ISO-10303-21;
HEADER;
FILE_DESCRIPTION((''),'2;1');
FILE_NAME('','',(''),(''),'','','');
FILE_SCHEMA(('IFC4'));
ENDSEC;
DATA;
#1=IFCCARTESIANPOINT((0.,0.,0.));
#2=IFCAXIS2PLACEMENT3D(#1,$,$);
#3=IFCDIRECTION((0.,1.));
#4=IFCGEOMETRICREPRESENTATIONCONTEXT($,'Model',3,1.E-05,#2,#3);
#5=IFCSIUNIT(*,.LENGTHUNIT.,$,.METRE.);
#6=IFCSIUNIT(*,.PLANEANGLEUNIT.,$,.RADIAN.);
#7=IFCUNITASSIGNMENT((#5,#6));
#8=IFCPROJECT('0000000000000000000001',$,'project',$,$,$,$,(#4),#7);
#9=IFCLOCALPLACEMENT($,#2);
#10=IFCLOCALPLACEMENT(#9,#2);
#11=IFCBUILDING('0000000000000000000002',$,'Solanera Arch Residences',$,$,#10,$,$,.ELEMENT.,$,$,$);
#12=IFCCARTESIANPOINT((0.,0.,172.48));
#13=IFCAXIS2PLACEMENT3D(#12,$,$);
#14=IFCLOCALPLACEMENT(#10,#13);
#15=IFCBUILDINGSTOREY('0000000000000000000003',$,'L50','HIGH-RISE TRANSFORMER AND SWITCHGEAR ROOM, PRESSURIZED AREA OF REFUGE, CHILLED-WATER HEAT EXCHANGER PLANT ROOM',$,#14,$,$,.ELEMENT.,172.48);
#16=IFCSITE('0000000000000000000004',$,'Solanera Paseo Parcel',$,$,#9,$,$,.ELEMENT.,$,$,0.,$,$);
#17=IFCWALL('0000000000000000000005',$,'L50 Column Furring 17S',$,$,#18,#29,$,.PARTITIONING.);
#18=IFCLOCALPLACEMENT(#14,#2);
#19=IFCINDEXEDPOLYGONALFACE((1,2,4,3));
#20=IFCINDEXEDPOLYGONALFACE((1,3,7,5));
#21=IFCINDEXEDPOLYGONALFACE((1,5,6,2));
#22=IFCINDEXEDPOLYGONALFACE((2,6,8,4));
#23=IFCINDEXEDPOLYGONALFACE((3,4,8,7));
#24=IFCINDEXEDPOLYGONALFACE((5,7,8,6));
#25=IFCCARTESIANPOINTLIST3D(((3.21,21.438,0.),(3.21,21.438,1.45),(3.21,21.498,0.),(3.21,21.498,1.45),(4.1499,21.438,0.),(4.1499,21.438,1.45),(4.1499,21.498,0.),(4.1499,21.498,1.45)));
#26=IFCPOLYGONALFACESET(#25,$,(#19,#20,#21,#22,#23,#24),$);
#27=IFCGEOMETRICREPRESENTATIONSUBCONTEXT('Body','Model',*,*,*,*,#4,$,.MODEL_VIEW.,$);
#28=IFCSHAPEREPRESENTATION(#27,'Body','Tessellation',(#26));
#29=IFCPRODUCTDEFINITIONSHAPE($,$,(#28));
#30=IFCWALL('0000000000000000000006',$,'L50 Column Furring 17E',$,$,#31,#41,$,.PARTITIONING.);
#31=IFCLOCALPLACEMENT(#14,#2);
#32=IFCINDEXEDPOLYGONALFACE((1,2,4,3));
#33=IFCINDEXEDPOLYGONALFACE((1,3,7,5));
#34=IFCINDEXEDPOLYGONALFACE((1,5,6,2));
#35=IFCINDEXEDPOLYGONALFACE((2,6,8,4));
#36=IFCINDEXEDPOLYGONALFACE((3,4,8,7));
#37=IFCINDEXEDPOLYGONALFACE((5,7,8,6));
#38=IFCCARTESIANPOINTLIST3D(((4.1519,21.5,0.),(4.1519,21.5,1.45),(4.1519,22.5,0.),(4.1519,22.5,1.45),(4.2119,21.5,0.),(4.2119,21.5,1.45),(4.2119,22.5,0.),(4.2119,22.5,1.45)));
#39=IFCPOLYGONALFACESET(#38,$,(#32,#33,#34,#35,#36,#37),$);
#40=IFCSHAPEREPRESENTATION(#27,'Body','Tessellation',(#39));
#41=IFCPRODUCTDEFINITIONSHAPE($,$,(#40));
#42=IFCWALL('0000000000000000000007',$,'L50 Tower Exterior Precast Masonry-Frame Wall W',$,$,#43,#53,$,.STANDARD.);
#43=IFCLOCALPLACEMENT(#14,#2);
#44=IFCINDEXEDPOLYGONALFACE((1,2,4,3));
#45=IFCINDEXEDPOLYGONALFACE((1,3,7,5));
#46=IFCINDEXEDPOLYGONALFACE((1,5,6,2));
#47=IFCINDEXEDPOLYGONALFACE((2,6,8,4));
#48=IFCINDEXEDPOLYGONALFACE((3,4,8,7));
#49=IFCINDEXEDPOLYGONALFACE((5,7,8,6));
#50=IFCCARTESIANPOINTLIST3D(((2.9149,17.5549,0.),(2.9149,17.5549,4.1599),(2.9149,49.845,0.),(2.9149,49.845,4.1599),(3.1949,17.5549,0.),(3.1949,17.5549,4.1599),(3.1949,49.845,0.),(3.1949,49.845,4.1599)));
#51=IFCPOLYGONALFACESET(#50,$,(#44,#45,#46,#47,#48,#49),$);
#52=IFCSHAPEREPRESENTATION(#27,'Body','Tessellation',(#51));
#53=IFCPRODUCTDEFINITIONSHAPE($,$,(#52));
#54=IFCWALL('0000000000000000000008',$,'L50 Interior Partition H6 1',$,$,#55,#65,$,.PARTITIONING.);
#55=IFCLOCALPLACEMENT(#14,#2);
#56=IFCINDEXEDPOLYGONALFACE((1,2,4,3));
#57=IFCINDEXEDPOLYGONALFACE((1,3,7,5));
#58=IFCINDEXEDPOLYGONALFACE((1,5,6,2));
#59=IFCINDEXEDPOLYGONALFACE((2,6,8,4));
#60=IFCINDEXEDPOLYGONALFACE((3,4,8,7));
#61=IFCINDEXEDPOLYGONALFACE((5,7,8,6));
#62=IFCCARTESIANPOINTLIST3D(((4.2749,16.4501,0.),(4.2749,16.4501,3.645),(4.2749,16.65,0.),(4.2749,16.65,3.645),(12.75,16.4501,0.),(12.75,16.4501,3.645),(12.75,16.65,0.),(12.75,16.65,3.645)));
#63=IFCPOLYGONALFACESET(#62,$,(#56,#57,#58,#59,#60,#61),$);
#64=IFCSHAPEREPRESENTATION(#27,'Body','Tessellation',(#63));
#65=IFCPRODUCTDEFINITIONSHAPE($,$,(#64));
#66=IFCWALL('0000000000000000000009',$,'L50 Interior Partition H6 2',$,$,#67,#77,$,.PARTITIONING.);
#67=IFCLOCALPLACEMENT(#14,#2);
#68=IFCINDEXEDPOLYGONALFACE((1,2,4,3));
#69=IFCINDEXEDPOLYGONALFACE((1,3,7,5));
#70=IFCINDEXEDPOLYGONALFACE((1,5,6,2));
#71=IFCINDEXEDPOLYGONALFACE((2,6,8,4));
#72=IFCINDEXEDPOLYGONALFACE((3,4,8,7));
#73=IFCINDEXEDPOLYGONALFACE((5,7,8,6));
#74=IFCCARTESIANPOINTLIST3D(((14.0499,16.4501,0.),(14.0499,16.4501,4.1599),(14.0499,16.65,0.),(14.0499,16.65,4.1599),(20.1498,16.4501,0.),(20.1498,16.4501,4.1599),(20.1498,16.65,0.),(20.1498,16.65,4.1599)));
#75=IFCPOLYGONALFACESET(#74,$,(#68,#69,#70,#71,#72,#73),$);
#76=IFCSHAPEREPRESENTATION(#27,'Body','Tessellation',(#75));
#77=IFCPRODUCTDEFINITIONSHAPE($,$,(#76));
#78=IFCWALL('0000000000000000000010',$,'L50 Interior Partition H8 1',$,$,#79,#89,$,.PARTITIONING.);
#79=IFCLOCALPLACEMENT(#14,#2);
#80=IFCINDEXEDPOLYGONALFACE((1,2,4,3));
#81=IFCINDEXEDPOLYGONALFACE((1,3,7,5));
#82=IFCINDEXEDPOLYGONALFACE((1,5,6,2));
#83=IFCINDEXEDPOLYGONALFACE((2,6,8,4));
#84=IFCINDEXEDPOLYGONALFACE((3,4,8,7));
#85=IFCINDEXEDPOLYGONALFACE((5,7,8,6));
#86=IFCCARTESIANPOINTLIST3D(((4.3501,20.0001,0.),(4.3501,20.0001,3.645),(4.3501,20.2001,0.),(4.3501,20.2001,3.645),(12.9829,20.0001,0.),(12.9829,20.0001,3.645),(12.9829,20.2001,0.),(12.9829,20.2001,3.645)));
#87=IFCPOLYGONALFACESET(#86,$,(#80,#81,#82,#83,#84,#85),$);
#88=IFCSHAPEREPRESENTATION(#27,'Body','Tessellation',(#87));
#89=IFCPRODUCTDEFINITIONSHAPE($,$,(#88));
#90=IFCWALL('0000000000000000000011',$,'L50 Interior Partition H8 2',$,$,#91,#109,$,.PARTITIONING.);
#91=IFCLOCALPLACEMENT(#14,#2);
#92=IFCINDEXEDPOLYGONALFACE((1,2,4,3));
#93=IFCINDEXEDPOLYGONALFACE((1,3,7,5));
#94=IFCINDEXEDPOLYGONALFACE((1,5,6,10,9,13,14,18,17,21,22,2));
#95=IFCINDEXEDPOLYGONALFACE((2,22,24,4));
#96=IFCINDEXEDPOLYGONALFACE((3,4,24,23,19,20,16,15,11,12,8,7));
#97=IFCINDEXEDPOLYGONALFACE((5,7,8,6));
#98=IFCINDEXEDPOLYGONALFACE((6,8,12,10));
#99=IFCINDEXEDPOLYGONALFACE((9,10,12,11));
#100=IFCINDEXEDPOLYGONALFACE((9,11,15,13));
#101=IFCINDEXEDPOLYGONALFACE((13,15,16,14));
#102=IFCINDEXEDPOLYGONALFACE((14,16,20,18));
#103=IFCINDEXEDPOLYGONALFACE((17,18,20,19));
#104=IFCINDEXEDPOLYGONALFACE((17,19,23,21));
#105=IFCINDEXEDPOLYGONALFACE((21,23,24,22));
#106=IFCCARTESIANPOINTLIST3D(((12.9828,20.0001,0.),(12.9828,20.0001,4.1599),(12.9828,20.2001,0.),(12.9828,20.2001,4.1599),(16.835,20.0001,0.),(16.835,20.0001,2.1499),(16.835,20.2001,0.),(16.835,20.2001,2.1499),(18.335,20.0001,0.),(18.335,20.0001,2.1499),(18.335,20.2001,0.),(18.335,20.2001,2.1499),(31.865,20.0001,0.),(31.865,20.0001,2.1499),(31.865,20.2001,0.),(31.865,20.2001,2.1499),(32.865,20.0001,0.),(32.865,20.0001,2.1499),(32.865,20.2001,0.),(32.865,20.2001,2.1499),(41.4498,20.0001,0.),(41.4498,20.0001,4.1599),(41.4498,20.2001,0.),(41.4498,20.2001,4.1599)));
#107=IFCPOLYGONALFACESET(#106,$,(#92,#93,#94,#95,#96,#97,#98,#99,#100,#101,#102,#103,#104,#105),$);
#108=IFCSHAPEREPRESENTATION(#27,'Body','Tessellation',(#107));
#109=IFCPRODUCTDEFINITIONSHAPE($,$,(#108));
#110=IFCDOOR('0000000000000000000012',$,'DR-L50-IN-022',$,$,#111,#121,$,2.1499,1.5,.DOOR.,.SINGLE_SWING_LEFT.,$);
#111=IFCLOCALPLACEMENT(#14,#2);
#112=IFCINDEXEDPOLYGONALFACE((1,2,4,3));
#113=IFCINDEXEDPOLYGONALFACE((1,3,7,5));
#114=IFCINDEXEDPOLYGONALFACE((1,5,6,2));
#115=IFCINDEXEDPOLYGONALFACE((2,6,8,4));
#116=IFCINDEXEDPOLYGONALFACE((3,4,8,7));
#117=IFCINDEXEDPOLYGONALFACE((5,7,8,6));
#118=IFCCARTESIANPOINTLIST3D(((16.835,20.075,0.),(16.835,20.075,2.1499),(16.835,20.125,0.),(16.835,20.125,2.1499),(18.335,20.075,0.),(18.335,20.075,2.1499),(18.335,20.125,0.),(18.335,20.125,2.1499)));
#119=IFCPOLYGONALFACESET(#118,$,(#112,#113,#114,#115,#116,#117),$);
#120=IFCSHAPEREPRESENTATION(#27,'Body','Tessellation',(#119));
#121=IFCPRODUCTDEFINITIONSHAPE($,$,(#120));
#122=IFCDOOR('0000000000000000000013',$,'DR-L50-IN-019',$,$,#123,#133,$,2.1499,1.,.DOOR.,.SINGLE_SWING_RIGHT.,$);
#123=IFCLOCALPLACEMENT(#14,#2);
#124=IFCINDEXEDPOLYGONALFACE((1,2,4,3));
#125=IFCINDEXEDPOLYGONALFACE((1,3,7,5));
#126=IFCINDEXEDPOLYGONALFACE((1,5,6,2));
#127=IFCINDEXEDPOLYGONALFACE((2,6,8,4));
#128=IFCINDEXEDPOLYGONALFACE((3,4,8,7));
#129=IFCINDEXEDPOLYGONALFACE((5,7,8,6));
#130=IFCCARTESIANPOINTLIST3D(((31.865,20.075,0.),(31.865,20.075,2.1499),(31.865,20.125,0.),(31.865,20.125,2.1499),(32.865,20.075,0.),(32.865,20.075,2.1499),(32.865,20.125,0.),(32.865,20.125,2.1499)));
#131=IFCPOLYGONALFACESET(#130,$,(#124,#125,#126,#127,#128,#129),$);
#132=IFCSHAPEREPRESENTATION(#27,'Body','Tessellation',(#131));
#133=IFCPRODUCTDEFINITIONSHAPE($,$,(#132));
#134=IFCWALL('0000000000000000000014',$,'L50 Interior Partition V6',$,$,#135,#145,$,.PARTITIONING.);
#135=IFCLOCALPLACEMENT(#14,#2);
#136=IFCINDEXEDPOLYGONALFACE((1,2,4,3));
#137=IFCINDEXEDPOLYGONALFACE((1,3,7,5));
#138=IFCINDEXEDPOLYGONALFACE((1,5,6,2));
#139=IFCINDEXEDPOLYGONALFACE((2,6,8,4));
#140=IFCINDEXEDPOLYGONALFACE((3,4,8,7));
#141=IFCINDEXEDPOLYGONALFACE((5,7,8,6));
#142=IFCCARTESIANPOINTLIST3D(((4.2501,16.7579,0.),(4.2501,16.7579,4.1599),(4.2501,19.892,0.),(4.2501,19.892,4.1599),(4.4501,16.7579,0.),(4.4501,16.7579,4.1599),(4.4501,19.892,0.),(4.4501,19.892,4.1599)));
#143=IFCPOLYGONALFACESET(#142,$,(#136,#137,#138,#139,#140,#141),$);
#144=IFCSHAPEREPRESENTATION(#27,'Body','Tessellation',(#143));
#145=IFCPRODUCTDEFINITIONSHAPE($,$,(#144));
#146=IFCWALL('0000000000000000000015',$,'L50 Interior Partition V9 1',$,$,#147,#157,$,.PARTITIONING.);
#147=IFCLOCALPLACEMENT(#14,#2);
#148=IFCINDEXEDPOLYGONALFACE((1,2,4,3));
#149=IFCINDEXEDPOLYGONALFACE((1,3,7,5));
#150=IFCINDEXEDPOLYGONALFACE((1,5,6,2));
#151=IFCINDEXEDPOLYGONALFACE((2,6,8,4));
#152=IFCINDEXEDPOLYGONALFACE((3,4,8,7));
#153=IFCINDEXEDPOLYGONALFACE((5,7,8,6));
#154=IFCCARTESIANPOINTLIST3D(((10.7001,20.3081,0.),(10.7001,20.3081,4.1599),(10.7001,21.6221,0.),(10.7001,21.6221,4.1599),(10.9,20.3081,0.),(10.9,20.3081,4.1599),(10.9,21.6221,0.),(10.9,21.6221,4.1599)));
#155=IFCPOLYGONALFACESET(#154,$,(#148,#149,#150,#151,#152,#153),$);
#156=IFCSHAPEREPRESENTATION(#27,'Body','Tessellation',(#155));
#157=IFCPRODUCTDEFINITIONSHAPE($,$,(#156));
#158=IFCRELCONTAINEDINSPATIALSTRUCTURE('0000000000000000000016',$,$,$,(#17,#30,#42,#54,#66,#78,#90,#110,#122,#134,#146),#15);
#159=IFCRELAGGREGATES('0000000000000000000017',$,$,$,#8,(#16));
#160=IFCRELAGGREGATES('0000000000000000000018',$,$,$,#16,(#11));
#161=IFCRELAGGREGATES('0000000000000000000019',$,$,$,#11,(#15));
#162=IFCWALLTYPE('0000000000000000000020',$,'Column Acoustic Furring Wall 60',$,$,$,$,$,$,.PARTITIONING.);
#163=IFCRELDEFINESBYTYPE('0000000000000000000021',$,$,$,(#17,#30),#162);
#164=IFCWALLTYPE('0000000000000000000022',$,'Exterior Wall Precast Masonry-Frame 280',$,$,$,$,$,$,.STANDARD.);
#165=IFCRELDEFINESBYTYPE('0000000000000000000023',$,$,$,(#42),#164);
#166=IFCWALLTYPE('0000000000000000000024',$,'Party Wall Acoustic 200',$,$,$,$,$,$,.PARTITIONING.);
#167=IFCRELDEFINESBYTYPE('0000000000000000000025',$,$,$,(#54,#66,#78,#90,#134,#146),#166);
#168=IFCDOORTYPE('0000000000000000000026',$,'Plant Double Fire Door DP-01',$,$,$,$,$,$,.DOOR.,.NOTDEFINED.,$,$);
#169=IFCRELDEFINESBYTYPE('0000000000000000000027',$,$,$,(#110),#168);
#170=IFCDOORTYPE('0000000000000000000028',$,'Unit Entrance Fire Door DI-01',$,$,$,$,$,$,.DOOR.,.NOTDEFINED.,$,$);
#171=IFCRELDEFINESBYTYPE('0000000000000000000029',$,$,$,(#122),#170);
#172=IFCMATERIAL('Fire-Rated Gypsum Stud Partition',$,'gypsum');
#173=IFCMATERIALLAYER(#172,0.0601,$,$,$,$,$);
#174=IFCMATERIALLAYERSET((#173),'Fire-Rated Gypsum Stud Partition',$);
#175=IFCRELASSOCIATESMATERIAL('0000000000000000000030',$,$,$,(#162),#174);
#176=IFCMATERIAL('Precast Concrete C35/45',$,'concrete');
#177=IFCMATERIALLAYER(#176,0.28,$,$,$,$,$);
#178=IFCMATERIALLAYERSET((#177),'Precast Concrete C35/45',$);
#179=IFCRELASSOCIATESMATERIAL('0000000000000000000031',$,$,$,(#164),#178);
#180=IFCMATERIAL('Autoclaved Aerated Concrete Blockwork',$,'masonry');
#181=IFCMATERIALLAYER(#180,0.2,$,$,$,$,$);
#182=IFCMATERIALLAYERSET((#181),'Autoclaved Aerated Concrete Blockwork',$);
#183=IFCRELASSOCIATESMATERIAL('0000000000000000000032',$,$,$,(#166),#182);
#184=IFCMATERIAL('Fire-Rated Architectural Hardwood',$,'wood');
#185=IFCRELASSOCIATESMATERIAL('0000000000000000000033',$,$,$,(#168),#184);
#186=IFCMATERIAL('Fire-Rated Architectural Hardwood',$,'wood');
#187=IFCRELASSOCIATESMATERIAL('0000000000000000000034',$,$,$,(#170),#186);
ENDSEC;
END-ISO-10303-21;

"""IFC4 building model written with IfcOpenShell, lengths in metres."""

from ifc_helpers import new_model, si_unit, direction, frame, frame_2d, origin, place, context, subcontext, project, spatial, rectangle, extrude, material, layer, layer_set, type_object, element, fill, save


model = new_model("IFC4")

# Units and contexts
model_context = context("Model", 3, precision=1e-05, world=origin(), true_north=direction((0.0, 1.0)))
body_context = subcontext(model_context, "Body", "Model", "MODEL_VIEW")
ifc_project = project(units=[si_unit("LENGTHUNIT", "METRE"), si_unit("PLANEANGLEUNIT", "RADIAN")], contexts=[model_context])

# Site, building, storey
site_placement = place(None, origin())
site = spatial("IfcSite", under=ifc_project, at=site_placement, Name="Solanera Paseo Parcel", CompositionType="ELEMENT", RefElevation=0.0)
building_placement = place(site_placement, origin())
building = spatial("IfcBuilding", under=site, at=building_placement, Name="Solanera Arch Residences", CompositionType="ELEMENT")
storey_placement = place(building_placement, frame((0.0, 0.0, 172.48)))
storey = spatial("IfcBuildingStorey", under=building, at=storey_placement, Name="L50", Description="HIGH-RISE TRANSFORMER AND SWITCHGEAR ROOM, PRESSURIZED AREA OF REFUGE, CHILLED-WATER HEAT EXCHANGER PLANT ROOM", CompositionType="ELEMENT", Elevation=172.48)

# Walls
ifc_material_1 = material(Name="Fire-Rated Gypsum Stud Partition", Category="gypsum")
ifc_layer_1 = layer(ifc_material_1, 0.0601)
ifc_layer_set_1 = layer_set([ifc_layer_1], Name="Fire-Rated Gypsum Stud Partition")
wall_type_1 = type_object("IfcWallType", Name="Column Acoustic Furring Wall 60", PredefinedType="PARTITIONING", material=ifc_layer_set_1)
wall_1_placement = place(storey_placement, frame((3.21, 21.468, 0.0), z_axis=(0.0, 0.0, 1.0), x_axis=(1.0, 0.0, 0.0)))
element("IfcWall", 1, at=wall_1_placement, inside=storey, type_object=wall_type_1, Name="L50 Column Furring 17S", PredefinedType="PARTITIONING", context=body_context, shape_type="SweptSolid", body=[
    extrude(rectangle(XDim=0.9399, YDim=0.0601, at=frame_2d((0.47, 0.0))), origin(), (0.0, 0.0, 1.0), 1.45),
])
wall_2_placement = place(storey_placement, frame((4.1819, 21.5, 0.0), z_axis=(0.0, 0.0, 1.0), x_axis=(0.0, 1.0, 0.0)))
element("IfcWall", 2, at=wall_2_placement, inside=storey, type_object=wall_type_1, Name="L50 Column Furring 17E", PredefinedType="PARTITIONING", context=body_context, shape_type="SweptSolid", body=[
    extrude(rectangle(XDim=1.0, YDim=0.0601, at=frame_2d((0.5, 0.0))), origin(), (0.0, 0.0, 1.0), 1.45),
])
ifc_material_2 = material(Name="Precast Concrete C35/45", Category="concrete")
ifc_layer_2 = layer(ifc_material_2, 0.28)
ifc_layer_set_2 = layer_set([ifc_layer_2], Name="Precast Concrete C35/45")
wall_type_2 = type_object("IfcWallType", Name="Exterior Wall Precast Masonry-Frame 280", PredefinedType="STANDARD", material=ifc_layer_set_2)
wall_3_placement = place(storey_placement, frame((3.0549, 17.5549, 0.0), z_axis=(0.0, 0.0, 1.0), x_axis=(0.0, 1.0, 0.0)))
element("IfcWall", 3, at=wall_3_placement, inside=storey, type_object=wall_type_2, Name="L50 Tower Exterior Precast Masonry-Frame Wall W", PredefinedType="STANDARD", context=body_context, shape_type="SweptSolid", body=[
    extrude(rectangle(XDim=32.29, YDim=0.28, at=frame_2d((16.145, 0.0))), origin(), (0.0, 0.0, 1.0), 4.1599),
])
ifc_material_3 = material(Name="Autoclaved Aerated Concrete Blockwork", Category="masonry")
ifc_layer_3 = layer(ifc_material_3, 0.2)
ifc_layer_set_3 = layer_set([ifc_layer_3], Name="Autoclaved Aerated Concrete Blockwork")
wall_type_3 = type_object("IfcWallType", Name="Party Wall Acoustic 200", PredefinedType="PARTITIONING", material=ifc_layer_set_3)
wall_4_placement = place(storey_placement, frame((4.2749, 16.55, 0.0), z_axis=(0.0, 0.0, 1.0), x_axis=(1.0, 0.0, 0.0)))
element("IfcWall", 4, at=wall_4_placement, inside=storey, type_object=wall_type_3, Name="L50 Interior Partition H6 1", PredefinedType="PARTITIONING", context=body_context, shape_type="SweptSolid", body=[
    extrude(rectangle(XDim=8.4751, YDim=0.2, at=frame_2d((4.2375, 0.0))), origin(), (0.0, 0.0, 1.0), 3.645),
])
wall_5_placement = place(storey_placement, frame((14.05, 16.55, 0.0), z_axis=(0.0, 0.0, 1.0), x_axis=(1.0, 0.0, 0.0)))
element("IfcWall", 5, at=wall_5_placement, inside=storey, type_object=wall_type_3, Name="L50 Interior Partition H6 2", PredefinedType="PARTITIONING", context=body_context, shape_type="SweptSolid", body=[
    extrude(rectangle(XDim=6.0999, YDim=0.2, at=frame_2d((3.0498, 0.0))), origin(), (0.0, 0.0, 1.0), 4.1599),
])
wall_6_placement = place(storey_placement, frame((4.3501, 20.1001, 0.0), z_axis=(0.0, 0.0, 1.0), x_axis=(1.0, 0.0, 0.0)))
element("IfcWall", 6, at=wall_6_placement, inside=storey, type_object=wall_type_3, Name="L50 Interior Partition H8 1", PredefinedType="PARTITIONING", context=body_context, shape_type="SweptSolid", body=[
    extrude(rectangle(XDim=8.6328, YDim=0.2, at=frame_2d((4.3164, 0.0))), origin(), (0.0, 0.0, 1.0), 3.645),
])

# Wall, openings, doors
wall_7_placement = place(storey_placement, frame((12.9829, 20.1001, 0.0), z_axis=(0.0, 0.0, 1.0), x_axis=(1.0, 0.0, 0.0)))
wall_7 = element("IfcWall", 7, at=wall_7_placement, inside=storey, type_object=wall_type_3, Name="L50 Interior Partition H8 2", PredefinedType="PARTITIONING", context=body_context, shape_type="SweptSolid", body=[
    extrude(rectangle(XDim=28.467, YDim=0.2, at=frame_2d((14.2334, 0.0))), origin(), (0.0, 0.0, 1.0), 4.1599),
])
opening_1_placement = place(wall_7_placement, frame((18.8821, 0.0, 0.0)))
opening_1 = element("IfcOpeningElement", 8, at=opening_1_placement, cuts=wall_7, PredefinedType="OPENING", context=body_context, shape_type="SweptSolid", body=[
    extrude(rectangle(XDim=1.0, YDim=2.1499, at=frame_2d((0.5, 1.075))), frame((0.0, 0.1101, 0.0), z_axis=(0.0, -1.0, 0.0), x_axis=(1.0, 0.0, 0.0)), (0.0, 0.0, 1.0), 0.22),
])
opening_2_placement = place(wall_7_placement, frame((3.8521, 0.0, 0.0)))
opening_2 = element("IfcOpeningElement", 9, at=opening_2_placement, cuts=wall_7, PredefinedType="OPENING", context=body_context, shape_type="SweptSolid", body=[
    extrude(rectangle(XDim=1.5, YDim=2.1499, at=frame_2d((0.75, 1.075))), frame((0.0, 0.1101, 0.0), z_axis=(0.0, -1.0, 0.0), x_axis=(1.0, 0.0, 0.0)), (0.0, 0.0, 1.0), 0.22),
])
ifc_material_4 = material(Name="Fire-Rated Architectural Hardwood", Category="wood")
door_type_1 = type_object("IfcDoorType", Name="Plant Double Fire Door DP-01", OperationType="NOTDEFINED", PredefinedType="DOOR", material=ifc_material_4)
door_1_placement = place(opening_2_placement, origin())
door_1 = element("IfcDoor", 10, at=door_1_placement, inside=storey, type_object=door_type_1, Name="DR-L50-IN-022", OperationType="SINGLE_SWING_LEFT", OverallHeight=2.1499, OverallWidth=1.5, PredefinedType="DOOR", context=body_context, shape_type="SweptSolid", body=[
    extrude(rectangle(XDim=1.5, YDim=2.1499, at=frame_2d((0.75, 1.075))), frame((0.0, 0.0249, 0.0), z_axis=(0.0, -1.0, 0.0), x_axis=(1.0, 0.0, 0.0)), (0.0, 0.0, 1.0), 0.05),
])
fill(opening_2, door_1)
ifc_material_5 = material(Name="Fire-Rated Architectural Hardwood", Category="wood")
door_type_2 = type_object("IfcDoorType", Name="Unit Entrance Fire Door DI-01", OperationType="NOTDEFINED", PredefinedType="DOOR", material=ifc_material_5)
door_2_placement = place(opening_1_placement, origin())
door_2 = element("IfcDoor", 11, at=door_2_placement, inside=storey, type_object=door_type_2, Name="DR-L50-IN-019", OperationType="SINGLE_SWING_RIGHT", OverallHeight=2.1499, OverallWidth=1.0, PredefinedType="DOOR", context=body_context, shape_type="SweptSolid", body=[
    extrude(rectangle(XDim=1.0, YDim=2.1499, at=frame_2d((0.5, 1.075))), frame((0.0, 0.0249, 0.0), z_axis=(0.0, -1.0, 0.0), x_axis=(1.0, 0.0, 0.0)), (0.0, 0.0, 1.0), 0.05),
])
fill(opening_1, door_2)

# Walls
wall_8_placement = place(storey_placement, frame((4.3501, 16.7581, 0.0), z_axis=(0.0, 0.0, 1.0), x_axis=(0.0, 1.0, 0.0)))
element("IfcWall", 12, at=wall_8_placement, inside=storey, type_object=wall_type_3, Name="L50 Interior Partition V6", PredefinedType="PARTITIONING", context=body_context, shape_type="SweptSolid", body=[
    extrude(rectangle(XDim=3.134, YDim=0.2, at=frame_2d((1.5669, 0.0))), origin(), (0.0, 0.0, 1.0), 4.1599),
])
wall_9_placement = place(storey_placement, frame((10.8, 20.3081, 0.0), z_axis=(0.0, 0.0, 1.0), x_axis=(0.0, 1.0, 0.0)))
element("IfcWall", 13, at=wall_9_placement, inside=storey, type_object=wall_type_3, Name="L50 Interior Partition V9 1", PredefinedType="PARTITIONING", context=body_context, shape_type="SweptSolid", body=[
    extrude(rectangle(XDim=1.314, YDim=0.2, at=frame_2d((0.657, 0.0))), origin(), (0.0, 0.0, 1.0), 4.1599),
])

save(model, "model.ifc")
